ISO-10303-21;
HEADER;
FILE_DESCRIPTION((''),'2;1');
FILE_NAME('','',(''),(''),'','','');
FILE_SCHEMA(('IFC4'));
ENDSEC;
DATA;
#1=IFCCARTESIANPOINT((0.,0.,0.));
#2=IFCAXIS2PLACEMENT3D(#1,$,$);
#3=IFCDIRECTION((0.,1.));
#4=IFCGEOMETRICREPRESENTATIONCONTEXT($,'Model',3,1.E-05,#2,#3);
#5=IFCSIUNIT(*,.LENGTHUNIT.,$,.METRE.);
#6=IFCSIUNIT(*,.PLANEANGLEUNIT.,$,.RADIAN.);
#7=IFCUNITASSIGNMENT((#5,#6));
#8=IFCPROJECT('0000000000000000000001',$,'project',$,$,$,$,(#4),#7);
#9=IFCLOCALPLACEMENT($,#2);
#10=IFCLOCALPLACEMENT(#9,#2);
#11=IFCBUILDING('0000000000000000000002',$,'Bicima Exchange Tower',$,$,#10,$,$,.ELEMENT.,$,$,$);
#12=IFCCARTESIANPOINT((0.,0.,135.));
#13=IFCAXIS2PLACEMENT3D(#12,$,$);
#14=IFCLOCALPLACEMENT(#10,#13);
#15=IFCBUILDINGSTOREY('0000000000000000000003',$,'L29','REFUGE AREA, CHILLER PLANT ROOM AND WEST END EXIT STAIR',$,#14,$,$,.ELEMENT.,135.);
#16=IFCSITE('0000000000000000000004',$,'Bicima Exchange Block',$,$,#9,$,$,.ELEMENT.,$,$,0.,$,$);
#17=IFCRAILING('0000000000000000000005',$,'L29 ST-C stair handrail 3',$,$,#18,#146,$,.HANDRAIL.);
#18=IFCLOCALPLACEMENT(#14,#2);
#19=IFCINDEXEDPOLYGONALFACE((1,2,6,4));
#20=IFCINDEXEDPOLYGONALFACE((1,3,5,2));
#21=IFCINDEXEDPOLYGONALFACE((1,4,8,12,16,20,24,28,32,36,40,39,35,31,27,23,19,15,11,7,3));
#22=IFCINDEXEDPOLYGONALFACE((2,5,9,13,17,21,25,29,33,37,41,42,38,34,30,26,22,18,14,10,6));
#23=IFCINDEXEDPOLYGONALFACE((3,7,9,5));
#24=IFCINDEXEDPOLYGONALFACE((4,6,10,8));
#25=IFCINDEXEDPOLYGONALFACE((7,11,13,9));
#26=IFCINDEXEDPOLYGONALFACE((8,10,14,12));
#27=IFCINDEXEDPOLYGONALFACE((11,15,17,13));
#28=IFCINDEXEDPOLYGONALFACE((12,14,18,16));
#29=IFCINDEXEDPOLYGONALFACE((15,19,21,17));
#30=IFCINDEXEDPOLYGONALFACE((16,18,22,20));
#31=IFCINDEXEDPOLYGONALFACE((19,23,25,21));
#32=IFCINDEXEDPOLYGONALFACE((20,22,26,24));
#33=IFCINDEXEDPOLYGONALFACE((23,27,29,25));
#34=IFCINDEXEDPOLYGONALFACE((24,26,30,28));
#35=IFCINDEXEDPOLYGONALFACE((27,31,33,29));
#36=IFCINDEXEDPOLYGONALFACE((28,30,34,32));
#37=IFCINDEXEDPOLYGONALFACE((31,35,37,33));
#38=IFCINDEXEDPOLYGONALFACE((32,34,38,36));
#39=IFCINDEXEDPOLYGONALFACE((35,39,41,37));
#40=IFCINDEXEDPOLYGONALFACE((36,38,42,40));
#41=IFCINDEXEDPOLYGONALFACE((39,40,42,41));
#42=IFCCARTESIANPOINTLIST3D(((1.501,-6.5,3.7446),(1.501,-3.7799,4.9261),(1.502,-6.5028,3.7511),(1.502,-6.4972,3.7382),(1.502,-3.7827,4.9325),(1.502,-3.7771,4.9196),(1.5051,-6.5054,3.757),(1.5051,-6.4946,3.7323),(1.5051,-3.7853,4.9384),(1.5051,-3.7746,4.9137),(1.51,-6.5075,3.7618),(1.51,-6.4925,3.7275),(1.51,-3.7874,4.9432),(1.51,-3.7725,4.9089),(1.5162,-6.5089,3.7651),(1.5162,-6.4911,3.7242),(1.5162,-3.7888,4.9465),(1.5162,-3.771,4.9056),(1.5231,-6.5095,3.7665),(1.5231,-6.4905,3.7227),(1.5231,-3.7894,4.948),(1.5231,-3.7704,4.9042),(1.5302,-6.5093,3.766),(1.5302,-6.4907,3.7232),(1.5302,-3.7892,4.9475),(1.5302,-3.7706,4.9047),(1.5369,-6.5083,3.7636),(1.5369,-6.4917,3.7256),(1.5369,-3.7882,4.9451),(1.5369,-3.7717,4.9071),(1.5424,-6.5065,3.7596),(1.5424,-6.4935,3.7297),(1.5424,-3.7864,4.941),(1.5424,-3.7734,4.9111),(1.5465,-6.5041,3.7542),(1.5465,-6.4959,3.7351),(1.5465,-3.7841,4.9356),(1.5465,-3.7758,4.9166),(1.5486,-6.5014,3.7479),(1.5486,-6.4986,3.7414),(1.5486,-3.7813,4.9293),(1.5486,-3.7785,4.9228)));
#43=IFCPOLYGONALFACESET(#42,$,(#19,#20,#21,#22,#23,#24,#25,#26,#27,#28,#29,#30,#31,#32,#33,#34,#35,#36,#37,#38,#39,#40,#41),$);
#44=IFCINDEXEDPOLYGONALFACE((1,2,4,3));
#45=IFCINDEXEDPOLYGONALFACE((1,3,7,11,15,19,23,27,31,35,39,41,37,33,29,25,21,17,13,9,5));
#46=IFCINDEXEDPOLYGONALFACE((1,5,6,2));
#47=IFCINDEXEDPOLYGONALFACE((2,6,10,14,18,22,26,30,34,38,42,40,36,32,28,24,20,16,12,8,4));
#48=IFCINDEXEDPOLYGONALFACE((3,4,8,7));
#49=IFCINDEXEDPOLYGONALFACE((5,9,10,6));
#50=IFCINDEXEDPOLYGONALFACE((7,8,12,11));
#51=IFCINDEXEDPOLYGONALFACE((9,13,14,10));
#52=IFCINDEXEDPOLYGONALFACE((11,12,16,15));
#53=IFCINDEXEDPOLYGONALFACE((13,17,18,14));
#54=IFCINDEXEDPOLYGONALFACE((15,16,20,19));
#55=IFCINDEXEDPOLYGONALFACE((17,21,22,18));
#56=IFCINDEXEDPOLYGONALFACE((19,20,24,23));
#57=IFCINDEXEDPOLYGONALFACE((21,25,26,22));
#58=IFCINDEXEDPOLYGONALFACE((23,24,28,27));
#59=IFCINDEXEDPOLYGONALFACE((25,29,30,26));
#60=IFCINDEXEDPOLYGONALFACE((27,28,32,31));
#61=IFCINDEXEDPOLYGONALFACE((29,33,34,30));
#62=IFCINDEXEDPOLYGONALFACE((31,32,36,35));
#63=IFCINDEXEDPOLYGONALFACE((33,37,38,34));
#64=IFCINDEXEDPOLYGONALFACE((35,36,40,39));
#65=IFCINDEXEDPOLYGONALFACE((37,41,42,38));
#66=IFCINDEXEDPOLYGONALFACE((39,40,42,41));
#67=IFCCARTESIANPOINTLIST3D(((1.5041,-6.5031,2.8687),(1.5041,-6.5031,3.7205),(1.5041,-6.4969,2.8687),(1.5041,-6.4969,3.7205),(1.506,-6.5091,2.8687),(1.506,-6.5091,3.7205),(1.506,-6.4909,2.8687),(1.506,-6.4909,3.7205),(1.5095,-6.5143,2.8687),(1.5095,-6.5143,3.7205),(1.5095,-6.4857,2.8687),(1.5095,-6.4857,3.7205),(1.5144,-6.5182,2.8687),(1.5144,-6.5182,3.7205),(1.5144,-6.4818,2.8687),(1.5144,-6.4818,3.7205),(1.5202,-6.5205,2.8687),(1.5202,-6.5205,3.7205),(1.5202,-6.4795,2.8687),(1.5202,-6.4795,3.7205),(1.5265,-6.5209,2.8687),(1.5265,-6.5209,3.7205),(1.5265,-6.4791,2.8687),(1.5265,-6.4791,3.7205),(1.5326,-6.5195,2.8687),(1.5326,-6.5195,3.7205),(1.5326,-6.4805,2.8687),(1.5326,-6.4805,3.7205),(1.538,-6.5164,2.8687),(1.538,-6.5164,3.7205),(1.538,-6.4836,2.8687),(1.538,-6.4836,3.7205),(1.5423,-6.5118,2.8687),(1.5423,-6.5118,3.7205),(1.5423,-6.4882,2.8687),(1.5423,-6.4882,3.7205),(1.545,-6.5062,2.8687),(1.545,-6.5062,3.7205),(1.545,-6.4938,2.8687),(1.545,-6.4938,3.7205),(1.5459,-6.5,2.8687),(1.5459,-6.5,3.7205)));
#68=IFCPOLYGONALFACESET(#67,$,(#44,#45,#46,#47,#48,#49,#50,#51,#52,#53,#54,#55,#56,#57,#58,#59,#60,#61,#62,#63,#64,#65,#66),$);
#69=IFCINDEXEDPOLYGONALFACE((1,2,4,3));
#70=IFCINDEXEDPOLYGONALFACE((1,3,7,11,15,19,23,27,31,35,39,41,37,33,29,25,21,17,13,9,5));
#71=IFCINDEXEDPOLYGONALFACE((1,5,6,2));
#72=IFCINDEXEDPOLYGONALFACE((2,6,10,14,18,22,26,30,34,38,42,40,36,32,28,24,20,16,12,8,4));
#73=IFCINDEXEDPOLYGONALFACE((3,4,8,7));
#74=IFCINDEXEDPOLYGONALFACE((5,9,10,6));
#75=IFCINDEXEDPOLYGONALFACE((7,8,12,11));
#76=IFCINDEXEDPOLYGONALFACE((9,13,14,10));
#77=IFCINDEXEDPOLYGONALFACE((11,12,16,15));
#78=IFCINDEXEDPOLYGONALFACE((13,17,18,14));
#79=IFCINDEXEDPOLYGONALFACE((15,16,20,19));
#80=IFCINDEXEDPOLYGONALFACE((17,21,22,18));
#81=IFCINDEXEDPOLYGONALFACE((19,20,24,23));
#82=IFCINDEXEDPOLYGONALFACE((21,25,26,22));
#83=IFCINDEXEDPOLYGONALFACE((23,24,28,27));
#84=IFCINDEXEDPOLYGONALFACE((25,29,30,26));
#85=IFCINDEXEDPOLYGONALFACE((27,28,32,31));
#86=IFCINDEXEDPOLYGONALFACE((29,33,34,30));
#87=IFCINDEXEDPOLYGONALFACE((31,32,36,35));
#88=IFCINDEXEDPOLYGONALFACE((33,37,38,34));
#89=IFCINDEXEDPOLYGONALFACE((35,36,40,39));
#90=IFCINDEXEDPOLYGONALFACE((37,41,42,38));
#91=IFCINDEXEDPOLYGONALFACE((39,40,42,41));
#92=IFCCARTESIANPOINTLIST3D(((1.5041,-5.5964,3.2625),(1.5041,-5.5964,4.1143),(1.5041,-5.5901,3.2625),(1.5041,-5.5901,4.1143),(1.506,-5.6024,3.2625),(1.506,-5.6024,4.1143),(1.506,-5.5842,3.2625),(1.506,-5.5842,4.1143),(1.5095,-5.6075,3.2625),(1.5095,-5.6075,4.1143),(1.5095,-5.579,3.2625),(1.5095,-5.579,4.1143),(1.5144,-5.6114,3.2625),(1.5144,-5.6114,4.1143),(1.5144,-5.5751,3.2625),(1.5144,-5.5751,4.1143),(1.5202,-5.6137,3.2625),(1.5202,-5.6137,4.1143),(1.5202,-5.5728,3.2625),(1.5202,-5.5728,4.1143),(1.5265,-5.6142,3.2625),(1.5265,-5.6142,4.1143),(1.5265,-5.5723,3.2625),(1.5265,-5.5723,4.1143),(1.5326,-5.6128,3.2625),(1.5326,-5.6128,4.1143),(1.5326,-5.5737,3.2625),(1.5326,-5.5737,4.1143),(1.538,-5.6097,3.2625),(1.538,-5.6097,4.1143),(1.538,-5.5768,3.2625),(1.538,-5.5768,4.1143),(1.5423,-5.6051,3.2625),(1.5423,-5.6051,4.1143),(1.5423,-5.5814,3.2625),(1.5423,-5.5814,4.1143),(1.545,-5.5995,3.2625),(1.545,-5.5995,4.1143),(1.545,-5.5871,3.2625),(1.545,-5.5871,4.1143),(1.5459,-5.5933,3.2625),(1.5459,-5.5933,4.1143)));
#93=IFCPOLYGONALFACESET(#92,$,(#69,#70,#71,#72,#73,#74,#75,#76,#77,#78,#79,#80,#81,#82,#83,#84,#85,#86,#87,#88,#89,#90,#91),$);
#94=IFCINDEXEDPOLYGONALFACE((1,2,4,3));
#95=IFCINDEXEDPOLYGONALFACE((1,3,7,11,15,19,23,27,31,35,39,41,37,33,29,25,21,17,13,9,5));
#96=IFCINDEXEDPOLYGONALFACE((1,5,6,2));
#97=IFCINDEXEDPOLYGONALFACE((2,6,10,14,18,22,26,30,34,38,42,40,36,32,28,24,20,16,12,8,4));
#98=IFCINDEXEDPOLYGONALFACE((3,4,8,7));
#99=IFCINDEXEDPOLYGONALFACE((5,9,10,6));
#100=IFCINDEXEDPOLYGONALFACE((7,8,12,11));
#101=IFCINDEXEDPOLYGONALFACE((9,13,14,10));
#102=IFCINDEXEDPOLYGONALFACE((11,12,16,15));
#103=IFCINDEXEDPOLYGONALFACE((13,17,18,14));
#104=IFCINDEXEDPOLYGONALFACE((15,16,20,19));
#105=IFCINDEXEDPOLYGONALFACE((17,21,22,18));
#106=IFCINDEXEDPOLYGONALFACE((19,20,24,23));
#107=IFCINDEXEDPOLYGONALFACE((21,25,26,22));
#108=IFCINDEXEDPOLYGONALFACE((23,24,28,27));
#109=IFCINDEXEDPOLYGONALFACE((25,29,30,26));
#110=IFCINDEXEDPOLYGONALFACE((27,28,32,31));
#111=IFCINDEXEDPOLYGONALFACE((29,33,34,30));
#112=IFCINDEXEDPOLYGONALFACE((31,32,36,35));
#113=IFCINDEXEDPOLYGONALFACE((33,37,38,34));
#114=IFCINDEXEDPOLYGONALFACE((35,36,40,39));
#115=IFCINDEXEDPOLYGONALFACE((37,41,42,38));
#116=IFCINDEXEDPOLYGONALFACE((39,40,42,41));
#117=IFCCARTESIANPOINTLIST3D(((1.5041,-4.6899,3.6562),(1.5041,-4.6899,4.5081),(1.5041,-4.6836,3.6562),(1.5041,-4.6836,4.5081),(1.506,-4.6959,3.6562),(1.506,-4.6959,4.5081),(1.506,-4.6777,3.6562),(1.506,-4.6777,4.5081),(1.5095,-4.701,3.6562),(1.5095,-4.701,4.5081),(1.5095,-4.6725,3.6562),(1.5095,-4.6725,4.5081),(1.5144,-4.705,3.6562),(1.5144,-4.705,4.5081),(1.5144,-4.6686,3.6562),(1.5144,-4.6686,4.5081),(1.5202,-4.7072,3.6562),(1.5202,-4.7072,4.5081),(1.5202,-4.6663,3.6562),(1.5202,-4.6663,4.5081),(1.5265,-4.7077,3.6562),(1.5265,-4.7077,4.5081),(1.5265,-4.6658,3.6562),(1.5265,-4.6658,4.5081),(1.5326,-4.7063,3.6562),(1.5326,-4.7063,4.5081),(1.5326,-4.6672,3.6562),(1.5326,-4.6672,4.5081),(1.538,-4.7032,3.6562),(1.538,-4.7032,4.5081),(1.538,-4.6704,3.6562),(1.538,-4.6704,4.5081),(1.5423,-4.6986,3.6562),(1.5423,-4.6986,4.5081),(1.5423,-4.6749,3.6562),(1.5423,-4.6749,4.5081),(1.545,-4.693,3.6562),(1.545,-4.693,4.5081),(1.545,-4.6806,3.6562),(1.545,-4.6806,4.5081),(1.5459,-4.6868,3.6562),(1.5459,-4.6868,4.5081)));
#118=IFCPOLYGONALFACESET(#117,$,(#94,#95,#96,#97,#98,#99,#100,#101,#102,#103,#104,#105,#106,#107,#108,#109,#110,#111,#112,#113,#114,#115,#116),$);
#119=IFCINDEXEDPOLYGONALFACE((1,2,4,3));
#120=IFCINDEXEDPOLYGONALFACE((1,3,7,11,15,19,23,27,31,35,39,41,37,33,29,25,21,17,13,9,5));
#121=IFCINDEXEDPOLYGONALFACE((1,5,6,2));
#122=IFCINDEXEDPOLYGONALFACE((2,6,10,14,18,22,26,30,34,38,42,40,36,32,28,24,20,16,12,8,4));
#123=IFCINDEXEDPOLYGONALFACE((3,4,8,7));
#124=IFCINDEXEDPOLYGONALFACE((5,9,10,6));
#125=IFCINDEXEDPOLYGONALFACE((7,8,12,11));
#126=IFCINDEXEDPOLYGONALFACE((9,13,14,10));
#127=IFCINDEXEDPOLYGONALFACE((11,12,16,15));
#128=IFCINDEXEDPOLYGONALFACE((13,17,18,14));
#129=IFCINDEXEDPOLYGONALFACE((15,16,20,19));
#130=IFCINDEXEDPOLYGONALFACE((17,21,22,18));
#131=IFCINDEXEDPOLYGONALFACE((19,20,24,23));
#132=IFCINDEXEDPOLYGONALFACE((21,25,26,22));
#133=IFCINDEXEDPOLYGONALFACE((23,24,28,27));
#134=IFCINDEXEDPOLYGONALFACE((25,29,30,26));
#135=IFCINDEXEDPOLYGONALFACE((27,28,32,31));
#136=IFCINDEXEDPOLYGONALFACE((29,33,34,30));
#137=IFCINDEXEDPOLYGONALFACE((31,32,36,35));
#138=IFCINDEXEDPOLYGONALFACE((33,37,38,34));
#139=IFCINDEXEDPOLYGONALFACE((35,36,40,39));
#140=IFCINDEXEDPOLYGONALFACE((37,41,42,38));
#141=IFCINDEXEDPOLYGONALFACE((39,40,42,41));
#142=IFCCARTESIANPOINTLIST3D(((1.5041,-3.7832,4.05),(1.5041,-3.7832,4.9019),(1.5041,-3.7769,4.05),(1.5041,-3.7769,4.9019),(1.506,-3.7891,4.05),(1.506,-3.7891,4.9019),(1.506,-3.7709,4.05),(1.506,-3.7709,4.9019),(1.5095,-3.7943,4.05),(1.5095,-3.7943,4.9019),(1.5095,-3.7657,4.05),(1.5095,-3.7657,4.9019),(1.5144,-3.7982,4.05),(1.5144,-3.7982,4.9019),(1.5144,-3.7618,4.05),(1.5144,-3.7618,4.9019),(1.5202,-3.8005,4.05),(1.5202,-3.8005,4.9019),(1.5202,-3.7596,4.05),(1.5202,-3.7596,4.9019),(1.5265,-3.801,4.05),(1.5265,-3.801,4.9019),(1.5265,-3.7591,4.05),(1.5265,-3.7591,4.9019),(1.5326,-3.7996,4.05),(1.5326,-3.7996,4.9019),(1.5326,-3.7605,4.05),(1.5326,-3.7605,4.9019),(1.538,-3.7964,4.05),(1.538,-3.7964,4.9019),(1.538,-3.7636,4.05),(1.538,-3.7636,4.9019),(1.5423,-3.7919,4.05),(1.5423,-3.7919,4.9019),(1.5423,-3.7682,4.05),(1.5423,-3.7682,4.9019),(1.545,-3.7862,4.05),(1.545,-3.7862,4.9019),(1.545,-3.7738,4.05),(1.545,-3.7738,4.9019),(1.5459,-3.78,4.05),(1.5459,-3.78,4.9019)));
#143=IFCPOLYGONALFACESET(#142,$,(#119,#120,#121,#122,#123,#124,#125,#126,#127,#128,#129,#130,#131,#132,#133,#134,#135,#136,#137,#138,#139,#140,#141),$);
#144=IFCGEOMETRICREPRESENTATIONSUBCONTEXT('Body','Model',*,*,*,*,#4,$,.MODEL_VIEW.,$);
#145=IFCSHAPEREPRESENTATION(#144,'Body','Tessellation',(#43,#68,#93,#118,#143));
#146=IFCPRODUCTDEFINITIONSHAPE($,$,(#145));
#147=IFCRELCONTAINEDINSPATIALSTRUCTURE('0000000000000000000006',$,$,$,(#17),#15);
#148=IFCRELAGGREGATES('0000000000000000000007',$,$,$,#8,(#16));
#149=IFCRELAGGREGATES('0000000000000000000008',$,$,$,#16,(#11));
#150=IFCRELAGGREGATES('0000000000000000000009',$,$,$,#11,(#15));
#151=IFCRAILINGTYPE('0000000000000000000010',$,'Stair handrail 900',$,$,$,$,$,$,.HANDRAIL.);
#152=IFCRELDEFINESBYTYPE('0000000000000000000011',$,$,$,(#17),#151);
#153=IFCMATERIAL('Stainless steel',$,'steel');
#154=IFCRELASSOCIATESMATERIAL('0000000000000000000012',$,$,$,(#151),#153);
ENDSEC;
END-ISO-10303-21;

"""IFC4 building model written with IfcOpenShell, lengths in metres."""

from ifc_helpers import new_model, si_unit, direction, frame, origin, origin_2d, place, context, subcontext, project, spatial, circle, extrude, material, type_object, element, save


model = new_model("IFC4")

# Units and contexts
model_context = context("Model", 3, precision=1e-05, world=origin(), true_north=direction((0.0, 1.0)))
body_context = subcontext(model_context, "Body", "Model", "MODEL_VIEW")
ifc_project = project(units=[si_unit("LENGTHUNIT", "METRE"), si_unit("PLANEANGLEUNIT", "RADIAN")], contexts=[model_context])

# Site, building, storey
site_placement = place(None, origin())
site = spatial("IfcSite", under=ifc_project, at=site_placement, Name="Bicima Exchange Block", CompositionType="ELEMENT", RefElevation=0.0)
building_placement = place(site_placement, origin())
building = spatial("IfcBuilding", under=site, at=building_placement, Name="Bicima Exchange Tower", CompositionType="ELEMENT")
storey_placement = place(building_placement, frame((0.0, 0.0, 135.0)))
storey = spatial("IfcBuildingStorey", under=building, at=storey_placement, Name="L29", Description="REFUGE AREA, CHILLER PLANT ROOM AND WEST END EXIT STAIR", CompositionType="ELEMENT", Elevation=135.0)

# Shared definitions
ifc_material_1 = material(Name="Stainless steel", Category="steel")

# Railing
railing_type_1 = type_object("IfcRailingType", Name="Stair handrail 900", PredefinedType="HANDRAIL", material=ifc_material_1)
for number, where, name in (
    (1, (1.5249, -6.5, 2.8687), "L29 ST-C stair handrail 3"),
):
    element("IfcRailing", number, at=place(storey_placement, frame(where)), inside=storey, type_object=railing_type_1, Name=name, PredefinedType="HANDRAIL", context=body_context, shape_type="SweptSolid", body=[
        extrude(circle(Radius=0.0239, at=origin_2d()), frame((0.0, 0.0, 0.876), z_axis=(0.0, 0.917218, 0.398386), x_axis=(-1.0, 0.0, 0.0)), (0.0, 0.0, 1.0), 2.9656),
        extrude(circle(Radius=0.021, at=origin_2d()), origin(), (0.0, 0.0, 1.0), 0.8518),
        extrude(circle(Radius=0.021, at=origin_2d()), frame((0.0, 0.9067, 0.3938)), (0.0, 0.0, 1.0), 0.8518),
        extrude(circle(Radius=0.021, at=origin_2d()), frame((0.0, 1.8132, 0.7876)), (0.0, 0.0, 1.0), 0.8518),
        extrude(circle(Radius=0.021, at=origin_2d()), frame((0.0, 2.72, 1.1814)), (0.0, 0.0, 1.0), 0.8518),
    ])

save(model, "model.ifc")
